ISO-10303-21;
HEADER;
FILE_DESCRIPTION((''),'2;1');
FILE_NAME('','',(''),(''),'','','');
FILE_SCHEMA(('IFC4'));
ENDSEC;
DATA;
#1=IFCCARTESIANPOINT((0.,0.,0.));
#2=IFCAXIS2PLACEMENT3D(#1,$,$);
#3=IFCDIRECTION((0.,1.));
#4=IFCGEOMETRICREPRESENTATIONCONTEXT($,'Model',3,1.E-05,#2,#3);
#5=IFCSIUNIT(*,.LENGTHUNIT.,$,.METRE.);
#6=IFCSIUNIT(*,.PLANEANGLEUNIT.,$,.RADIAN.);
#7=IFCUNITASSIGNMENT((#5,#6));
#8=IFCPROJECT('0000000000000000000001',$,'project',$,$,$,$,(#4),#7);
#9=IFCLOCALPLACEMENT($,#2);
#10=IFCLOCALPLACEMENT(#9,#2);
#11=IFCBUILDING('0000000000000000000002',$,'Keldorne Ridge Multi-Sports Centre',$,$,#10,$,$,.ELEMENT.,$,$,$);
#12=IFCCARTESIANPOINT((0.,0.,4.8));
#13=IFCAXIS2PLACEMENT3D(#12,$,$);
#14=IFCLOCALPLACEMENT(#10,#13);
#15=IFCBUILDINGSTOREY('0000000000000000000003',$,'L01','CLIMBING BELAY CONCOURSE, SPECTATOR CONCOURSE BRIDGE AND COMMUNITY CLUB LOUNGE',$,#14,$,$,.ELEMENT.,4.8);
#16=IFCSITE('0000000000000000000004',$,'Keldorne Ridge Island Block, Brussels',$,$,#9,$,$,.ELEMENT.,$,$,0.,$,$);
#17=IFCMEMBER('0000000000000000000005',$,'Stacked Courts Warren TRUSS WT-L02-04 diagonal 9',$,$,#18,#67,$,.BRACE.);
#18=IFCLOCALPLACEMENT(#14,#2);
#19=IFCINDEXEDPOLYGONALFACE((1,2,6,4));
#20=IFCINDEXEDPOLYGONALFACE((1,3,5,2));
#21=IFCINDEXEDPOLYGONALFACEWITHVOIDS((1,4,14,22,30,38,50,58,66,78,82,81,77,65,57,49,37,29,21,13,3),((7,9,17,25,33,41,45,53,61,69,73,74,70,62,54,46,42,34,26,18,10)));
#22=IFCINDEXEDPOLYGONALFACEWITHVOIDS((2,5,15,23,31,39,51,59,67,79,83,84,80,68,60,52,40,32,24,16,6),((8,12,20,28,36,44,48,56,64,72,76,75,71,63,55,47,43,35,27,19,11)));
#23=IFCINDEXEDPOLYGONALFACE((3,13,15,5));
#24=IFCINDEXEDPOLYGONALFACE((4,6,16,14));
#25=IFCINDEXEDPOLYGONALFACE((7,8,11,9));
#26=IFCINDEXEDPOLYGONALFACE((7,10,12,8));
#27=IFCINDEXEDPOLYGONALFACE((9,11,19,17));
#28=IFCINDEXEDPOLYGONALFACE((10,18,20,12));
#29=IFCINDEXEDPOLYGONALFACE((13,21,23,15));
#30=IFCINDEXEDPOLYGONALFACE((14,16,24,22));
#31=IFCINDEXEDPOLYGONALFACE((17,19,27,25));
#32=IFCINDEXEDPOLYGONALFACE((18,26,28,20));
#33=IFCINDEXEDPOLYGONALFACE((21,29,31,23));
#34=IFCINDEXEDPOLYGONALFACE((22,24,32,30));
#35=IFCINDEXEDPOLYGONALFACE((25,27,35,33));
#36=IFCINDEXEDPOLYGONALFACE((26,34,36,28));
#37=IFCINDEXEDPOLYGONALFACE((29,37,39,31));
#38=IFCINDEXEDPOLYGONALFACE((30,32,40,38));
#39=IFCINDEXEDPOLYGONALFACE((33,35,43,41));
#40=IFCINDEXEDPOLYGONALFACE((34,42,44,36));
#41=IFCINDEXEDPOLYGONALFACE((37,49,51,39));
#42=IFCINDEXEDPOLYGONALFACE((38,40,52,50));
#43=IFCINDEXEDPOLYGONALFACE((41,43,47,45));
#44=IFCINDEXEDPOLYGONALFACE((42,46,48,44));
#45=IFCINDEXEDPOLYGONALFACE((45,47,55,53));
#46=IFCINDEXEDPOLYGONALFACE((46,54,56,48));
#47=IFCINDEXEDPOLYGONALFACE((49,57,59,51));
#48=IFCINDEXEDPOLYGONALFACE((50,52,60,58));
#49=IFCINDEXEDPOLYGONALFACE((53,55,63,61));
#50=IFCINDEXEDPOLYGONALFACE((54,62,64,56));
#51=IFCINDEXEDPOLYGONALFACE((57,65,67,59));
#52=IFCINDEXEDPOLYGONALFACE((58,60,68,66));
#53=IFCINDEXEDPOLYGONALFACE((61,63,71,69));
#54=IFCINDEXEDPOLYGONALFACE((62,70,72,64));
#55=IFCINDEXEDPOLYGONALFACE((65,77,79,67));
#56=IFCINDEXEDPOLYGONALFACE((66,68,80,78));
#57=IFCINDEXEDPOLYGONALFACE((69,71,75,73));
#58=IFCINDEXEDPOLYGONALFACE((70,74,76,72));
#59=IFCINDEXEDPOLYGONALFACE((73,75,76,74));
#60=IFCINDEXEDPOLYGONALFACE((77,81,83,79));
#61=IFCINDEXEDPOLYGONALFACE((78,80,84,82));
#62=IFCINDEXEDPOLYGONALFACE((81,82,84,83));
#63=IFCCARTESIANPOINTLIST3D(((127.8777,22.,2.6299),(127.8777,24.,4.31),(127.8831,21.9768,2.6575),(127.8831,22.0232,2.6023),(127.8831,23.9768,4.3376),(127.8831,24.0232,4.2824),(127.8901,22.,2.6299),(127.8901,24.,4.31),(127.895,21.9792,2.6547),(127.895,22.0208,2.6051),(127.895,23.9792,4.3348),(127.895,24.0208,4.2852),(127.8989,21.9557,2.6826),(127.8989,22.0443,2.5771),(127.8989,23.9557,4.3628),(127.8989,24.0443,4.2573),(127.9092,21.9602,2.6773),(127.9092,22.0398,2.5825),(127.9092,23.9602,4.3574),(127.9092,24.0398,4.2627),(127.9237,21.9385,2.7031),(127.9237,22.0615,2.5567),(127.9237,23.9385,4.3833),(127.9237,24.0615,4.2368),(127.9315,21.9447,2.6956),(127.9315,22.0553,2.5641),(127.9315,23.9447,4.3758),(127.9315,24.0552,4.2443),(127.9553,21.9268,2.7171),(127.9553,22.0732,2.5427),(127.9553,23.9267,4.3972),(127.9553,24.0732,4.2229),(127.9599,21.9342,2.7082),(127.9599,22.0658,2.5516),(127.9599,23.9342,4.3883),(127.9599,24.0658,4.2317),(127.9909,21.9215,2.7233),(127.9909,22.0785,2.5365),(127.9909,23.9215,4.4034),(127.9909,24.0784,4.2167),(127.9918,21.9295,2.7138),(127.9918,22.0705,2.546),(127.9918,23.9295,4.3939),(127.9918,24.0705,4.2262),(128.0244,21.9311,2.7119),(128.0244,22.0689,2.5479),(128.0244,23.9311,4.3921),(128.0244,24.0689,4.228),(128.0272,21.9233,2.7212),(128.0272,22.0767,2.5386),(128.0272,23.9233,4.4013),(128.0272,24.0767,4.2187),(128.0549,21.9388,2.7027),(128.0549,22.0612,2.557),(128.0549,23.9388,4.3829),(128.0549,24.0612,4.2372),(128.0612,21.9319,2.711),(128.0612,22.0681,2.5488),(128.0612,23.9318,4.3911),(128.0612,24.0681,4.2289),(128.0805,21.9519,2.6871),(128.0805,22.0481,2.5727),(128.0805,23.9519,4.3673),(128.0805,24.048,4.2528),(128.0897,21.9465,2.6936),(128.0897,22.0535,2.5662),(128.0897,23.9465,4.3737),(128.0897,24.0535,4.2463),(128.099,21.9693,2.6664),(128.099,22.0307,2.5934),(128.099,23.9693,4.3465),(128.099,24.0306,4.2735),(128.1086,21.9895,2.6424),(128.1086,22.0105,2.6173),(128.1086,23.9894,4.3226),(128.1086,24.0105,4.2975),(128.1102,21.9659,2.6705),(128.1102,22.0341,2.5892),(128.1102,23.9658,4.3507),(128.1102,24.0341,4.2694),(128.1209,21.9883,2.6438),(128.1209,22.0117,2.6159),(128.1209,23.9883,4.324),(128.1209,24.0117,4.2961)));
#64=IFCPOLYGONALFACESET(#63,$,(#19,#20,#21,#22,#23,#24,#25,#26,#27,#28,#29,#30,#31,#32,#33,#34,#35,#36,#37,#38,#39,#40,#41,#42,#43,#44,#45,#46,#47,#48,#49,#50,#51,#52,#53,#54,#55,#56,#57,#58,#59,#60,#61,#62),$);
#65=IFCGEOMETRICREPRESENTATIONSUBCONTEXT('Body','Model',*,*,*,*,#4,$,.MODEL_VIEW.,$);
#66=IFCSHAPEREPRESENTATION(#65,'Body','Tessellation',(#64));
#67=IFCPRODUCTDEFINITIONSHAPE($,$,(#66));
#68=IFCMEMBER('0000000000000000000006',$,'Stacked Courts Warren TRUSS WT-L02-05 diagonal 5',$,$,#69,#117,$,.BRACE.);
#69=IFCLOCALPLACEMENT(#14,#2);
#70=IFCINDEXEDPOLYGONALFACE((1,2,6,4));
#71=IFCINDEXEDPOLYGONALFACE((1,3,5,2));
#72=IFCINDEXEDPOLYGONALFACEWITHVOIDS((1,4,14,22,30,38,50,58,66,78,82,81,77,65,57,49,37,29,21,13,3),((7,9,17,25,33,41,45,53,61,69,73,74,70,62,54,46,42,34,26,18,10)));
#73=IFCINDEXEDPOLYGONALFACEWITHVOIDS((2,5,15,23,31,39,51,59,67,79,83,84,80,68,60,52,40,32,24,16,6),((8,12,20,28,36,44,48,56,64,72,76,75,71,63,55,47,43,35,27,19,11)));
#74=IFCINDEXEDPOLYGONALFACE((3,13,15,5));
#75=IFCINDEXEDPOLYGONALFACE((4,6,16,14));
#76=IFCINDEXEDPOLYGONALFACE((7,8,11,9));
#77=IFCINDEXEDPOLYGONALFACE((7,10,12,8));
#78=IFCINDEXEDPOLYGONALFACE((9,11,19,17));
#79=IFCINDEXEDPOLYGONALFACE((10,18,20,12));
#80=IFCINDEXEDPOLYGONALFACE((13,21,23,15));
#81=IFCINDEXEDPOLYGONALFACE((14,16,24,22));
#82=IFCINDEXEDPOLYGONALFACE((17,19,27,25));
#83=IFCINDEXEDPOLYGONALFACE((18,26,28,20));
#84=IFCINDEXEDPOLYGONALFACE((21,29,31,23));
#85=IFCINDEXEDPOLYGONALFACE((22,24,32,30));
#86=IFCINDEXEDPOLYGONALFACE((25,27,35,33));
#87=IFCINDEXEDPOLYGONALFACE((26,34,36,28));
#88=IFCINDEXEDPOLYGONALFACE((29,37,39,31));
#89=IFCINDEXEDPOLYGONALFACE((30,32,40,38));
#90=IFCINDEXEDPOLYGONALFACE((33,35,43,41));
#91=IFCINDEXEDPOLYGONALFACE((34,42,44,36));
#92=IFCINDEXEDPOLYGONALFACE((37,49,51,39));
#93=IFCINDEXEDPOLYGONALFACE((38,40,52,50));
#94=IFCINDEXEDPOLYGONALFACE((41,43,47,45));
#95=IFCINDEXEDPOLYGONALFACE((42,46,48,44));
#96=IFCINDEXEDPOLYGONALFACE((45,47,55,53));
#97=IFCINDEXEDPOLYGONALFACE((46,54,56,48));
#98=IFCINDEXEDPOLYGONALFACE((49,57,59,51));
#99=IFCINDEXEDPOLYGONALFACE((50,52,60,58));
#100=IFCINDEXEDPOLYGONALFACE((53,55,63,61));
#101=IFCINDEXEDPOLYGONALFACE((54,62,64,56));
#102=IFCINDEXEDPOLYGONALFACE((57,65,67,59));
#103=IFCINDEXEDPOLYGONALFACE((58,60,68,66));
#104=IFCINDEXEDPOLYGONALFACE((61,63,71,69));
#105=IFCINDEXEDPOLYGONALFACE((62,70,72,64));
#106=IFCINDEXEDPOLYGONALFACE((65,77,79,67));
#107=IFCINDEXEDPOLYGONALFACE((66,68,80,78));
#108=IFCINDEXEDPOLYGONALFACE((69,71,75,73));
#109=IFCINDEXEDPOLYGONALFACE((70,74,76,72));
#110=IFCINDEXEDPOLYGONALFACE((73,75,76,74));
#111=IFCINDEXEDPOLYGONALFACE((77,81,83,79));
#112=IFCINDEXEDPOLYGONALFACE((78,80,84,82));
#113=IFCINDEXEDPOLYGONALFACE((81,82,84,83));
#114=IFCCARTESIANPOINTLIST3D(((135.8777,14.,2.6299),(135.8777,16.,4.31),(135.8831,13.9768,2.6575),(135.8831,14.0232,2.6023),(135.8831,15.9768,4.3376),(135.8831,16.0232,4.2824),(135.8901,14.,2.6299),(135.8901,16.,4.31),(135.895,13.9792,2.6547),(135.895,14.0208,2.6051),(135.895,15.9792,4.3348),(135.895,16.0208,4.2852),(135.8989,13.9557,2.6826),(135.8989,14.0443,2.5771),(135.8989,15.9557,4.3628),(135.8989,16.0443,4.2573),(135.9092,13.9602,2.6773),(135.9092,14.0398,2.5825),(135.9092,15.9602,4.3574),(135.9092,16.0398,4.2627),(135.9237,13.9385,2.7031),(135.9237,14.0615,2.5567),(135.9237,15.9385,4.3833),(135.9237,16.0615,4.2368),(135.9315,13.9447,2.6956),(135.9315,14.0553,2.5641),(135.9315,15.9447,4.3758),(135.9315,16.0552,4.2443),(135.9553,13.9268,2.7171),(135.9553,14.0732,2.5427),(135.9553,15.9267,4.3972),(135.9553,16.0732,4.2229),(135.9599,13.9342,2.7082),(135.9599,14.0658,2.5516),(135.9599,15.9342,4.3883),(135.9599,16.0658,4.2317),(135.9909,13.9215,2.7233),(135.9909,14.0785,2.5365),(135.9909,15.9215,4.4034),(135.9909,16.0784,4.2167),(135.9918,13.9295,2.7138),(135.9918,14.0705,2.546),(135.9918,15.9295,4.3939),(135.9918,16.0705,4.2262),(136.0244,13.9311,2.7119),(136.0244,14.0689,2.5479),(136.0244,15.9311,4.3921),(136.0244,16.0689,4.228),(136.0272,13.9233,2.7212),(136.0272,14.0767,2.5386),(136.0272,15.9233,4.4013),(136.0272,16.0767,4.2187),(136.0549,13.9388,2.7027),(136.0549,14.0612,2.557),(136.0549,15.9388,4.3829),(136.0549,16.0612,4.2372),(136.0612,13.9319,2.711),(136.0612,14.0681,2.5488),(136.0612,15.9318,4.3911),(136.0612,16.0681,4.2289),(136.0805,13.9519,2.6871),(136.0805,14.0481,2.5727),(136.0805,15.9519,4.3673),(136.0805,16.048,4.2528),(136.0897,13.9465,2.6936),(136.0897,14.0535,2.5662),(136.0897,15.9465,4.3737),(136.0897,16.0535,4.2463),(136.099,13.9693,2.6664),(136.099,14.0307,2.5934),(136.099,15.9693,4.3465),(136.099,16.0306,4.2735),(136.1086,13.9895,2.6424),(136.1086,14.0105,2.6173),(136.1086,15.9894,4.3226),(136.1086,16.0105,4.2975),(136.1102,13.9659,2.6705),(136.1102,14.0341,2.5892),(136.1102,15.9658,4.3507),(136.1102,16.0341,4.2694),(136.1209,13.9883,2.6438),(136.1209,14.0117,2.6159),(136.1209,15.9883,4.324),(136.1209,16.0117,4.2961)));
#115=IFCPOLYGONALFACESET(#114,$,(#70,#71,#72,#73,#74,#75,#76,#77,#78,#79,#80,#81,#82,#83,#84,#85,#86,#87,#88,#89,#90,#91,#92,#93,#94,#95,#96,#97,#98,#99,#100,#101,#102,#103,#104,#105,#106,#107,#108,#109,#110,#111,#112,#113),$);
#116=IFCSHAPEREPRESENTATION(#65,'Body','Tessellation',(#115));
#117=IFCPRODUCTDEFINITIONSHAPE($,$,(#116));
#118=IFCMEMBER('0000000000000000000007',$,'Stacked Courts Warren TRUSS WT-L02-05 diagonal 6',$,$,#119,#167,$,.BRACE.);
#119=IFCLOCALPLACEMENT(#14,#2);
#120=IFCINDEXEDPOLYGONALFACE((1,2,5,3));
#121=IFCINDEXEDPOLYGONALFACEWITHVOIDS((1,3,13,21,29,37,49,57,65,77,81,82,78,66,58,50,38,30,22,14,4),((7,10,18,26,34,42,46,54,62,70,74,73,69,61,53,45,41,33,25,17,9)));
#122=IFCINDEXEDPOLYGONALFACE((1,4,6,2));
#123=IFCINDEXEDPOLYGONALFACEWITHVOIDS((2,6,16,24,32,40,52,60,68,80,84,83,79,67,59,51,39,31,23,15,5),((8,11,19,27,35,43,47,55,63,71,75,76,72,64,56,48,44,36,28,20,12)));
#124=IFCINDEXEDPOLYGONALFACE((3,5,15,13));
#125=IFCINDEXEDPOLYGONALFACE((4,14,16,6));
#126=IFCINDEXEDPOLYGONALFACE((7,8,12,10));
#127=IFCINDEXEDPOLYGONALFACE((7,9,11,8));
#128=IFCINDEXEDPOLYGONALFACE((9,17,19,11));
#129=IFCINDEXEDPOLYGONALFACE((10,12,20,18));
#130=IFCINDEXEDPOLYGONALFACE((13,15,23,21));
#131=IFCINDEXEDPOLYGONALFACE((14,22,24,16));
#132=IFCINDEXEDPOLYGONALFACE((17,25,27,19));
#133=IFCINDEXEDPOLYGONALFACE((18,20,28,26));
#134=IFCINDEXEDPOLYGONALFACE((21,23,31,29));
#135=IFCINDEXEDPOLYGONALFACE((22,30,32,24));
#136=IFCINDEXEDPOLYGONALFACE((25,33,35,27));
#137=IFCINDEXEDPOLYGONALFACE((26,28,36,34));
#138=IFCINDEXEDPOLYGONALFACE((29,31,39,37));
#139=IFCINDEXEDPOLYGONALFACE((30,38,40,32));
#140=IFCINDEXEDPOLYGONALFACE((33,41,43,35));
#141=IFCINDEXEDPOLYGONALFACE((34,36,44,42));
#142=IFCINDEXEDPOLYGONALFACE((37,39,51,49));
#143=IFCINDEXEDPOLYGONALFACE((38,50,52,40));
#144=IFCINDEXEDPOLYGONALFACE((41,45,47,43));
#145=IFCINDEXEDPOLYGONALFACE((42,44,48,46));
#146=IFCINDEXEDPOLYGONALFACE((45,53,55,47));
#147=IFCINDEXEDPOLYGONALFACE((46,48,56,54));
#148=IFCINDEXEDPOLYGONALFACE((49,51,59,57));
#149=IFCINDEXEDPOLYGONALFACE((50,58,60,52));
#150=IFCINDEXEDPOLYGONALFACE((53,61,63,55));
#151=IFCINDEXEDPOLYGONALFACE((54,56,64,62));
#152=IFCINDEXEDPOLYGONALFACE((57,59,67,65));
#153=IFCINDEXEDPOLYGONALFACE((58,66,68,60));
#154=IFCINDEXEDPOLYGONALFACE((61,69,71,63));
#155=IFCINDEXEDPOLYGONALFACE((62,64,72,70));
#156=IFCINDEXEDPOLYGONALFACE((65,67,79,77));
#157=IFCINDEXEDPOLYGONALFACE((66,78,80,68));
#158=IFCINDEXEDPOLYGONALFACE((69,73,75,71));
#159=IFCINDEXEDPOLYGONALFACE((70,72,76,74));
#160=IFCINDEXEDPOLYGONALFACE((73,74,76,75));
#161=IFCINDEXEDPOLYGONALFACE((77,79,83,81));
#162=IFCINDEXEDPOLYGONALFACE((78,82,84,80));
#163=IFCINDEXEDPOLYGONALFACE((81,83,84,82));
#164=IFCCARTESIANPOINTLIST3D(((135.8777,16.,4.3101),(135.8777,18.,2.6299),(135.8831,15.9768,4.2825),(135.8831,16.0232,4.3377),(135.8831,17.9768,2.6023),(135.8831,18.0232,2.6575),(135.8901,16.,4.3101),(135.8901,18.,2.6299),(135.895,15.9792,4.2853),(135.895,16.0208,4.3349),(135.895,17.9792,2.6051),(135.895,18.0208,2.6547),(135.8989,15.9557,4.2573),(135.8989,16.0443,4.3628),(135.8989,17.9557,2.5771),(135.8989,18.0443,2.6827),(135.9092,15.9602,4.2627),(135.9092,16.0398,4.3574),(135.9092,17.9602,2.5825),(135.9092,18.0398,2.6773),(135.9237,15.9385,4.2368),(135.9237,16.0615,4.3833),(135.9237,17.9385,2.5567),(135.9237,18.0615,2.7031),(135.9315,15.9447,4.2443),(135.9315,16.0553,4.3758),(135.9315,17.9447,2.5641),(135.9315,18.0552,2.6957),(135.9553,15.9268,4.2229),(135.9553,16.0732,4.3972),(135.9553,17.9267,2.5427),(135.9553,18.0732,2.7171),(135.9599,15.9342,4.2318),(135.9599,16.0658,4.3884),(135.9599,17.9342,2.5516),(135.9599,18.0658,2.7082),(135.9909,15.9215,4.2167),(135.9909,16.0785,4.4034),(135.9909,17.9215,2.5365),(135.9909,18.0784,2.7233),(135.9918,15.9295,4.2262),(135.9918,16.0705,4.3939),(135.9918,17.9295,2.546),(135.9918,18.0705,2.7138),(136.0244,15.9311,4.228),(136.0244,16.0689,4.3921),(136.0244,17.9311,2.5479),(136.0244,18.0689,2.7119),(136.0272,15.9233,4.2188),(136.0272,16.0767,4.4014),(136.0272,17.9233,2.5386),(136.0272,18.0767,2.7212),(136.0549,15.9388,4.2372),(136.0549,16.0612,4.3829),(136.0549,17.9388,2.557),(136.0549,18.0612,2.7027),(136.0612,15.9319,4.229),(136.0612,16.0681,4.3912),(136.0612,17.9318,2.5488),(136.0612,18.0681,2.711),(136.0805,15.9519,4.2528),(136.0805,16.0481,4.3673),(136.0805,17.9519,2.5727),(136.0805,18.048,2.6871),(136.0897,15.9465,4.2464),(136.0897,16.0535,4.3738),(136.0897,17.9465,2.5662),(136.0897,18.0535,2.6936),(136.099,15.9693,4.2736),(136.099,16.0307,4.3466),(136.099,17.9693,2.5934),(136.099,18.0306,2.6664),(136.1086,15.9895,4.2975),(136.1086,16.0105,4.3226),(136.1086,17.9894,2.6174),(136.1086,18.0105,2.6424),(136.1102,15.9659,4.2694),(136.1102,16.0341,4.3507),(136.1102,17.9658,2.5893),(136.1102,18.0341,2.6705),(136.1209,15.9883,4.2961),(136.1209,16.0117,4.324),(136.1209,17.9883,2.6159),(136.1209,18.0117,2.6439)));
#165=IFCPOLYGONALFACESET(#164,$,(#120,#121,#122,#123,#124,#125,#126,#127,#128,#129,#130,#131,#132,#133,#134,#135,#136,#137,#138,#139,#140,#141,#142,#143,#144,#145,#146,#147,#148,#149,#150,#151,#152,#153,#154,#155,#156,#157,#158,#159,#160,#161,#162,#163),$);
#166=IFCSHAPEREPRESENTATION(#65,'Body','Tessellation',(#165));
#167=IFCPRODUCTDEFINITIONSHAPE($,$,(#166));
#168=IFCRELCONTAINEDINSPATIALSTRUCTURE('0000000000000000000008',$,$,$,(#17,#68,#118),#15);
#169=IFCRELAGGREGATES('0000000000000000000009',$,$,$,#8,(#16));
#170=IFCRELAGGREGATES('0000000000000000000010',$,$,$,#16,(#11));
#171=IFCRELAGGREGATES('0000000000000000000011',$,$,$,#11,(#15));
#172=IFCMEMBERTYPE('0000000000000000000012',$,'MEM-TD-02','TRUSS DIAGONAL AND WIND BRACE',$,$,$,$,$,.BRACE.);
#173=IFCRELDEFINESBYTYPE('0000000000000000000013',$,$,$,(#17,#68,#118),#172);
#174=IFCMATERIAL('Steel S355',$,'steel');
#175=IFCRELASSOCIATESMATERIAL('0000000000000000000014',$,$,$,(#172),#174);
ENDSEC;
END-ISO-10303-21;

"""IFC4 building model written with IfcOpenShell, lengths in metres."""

from ifc_helpers import new_model, si_unit, direction, frame, origin, origin_2d, place, context, subcontext, project, spatial, hollow_circle, extrude, material, material_profile, profile_set, type_object, element, save


model = new_model("IFC4")

# Units and contexts
model_context = context("Model", 3, precision=1e-05, world=origin(), true_north=direction((0.0, 1.0)))
body_context = subcontext(model_context, "Body", "Model", "MODEL_VIEW")
ifc_project = project(units=[si_unit("LENGTHUNIT", "METRE"), si_unit("PLANEANGLEUNIT", "RADIAN")], contexts=[model_context])

# Site, building, storey
site_placement = place(None, origin())
site = spatial("IfcSite", under=ifc_project, at=site_placement, Name="Keldorne Ridge Island Block, Brussels", CompositionType="ELEMENT", RefElevation=0.0)
building_placement = place(site_placement, origin())
building = spatial("IfcBuilding", under=site, at=building_placement, Name="Keldorne Ridge Multi-Sports Centre", CompositionType="ELEMENT")
storey_placement = place(building_placement, frame((0.0, 0.0, 4.8)))
storey = spatial("IfcBuildingStorey", under=building, at=storey_placement, Name="L01", Description="CLIMBING BELAY CONCOURSE, SPECTATOR CONCOURSE BRIDGE AND COMMUNITY CLUB LOUNGE", CompositionType="ELEMENT", Elevation=4.8)

# Members
ifc_material = material(Name="Steel S355", Category="steel")
ifc_material_profile_1 = material_profile(ifc_material, hollow_circle(Radius=0.1223, WallThickness=0.0125, at=origin_2d()), Name="CHS 244.5x12.5")
ifc_profile_set_1 = profile_set([ifc_material_profile_1], Name="Steel S355")
member_type_1 = type_object("IfcMemberType", Name="MEM-TD-02", Description="TRUSS DIAGONAL AND WIND BRACE", PredefinedType="BRACE", material=ifc_profile_set_1)
for number, where, z_axis, x_axis, name in (
    (1, (128.0, 22.0, 2.6299), (0.0, 0.765672, 0.643232), (-1.0, 0.0, 0.0), "Stacked Courts Warren TRUSS WT-L02-04 diagonal 9"),
    (2, (136.0, 14.0, 2.6299), (0.0, 0.765672, 0.643232), (-1.0, 0.0, 0.0), "Stacked Courts Warren TRUSS WT-L02-05 diagonal 5"),
    (3, (136.0, 16.0, 4.3101), (0.0, 0.765672, -0.643232), (-1.0, 0.0, 0.0), "Stacked Courts Warren TRUSS WT-L02-05 diagonal 6"),
):
    element("IfcMember", number, at=place(storey_placement, frame(where, z_axis=z_axis, x_axis=x_axis)), inside=storey, type_object=member_type_1, Name=name, PredefinedType="BRACE", context=body_context, shape_type="SweptSolid", body=[
        extrude(hollow_circle(Radius=0.1223, WallThickness=0.0125, at=origin_2d()), origin(), (0.0, 0.0, 1.0), 2.6121),
    ])

save(model, "model.ifc")
